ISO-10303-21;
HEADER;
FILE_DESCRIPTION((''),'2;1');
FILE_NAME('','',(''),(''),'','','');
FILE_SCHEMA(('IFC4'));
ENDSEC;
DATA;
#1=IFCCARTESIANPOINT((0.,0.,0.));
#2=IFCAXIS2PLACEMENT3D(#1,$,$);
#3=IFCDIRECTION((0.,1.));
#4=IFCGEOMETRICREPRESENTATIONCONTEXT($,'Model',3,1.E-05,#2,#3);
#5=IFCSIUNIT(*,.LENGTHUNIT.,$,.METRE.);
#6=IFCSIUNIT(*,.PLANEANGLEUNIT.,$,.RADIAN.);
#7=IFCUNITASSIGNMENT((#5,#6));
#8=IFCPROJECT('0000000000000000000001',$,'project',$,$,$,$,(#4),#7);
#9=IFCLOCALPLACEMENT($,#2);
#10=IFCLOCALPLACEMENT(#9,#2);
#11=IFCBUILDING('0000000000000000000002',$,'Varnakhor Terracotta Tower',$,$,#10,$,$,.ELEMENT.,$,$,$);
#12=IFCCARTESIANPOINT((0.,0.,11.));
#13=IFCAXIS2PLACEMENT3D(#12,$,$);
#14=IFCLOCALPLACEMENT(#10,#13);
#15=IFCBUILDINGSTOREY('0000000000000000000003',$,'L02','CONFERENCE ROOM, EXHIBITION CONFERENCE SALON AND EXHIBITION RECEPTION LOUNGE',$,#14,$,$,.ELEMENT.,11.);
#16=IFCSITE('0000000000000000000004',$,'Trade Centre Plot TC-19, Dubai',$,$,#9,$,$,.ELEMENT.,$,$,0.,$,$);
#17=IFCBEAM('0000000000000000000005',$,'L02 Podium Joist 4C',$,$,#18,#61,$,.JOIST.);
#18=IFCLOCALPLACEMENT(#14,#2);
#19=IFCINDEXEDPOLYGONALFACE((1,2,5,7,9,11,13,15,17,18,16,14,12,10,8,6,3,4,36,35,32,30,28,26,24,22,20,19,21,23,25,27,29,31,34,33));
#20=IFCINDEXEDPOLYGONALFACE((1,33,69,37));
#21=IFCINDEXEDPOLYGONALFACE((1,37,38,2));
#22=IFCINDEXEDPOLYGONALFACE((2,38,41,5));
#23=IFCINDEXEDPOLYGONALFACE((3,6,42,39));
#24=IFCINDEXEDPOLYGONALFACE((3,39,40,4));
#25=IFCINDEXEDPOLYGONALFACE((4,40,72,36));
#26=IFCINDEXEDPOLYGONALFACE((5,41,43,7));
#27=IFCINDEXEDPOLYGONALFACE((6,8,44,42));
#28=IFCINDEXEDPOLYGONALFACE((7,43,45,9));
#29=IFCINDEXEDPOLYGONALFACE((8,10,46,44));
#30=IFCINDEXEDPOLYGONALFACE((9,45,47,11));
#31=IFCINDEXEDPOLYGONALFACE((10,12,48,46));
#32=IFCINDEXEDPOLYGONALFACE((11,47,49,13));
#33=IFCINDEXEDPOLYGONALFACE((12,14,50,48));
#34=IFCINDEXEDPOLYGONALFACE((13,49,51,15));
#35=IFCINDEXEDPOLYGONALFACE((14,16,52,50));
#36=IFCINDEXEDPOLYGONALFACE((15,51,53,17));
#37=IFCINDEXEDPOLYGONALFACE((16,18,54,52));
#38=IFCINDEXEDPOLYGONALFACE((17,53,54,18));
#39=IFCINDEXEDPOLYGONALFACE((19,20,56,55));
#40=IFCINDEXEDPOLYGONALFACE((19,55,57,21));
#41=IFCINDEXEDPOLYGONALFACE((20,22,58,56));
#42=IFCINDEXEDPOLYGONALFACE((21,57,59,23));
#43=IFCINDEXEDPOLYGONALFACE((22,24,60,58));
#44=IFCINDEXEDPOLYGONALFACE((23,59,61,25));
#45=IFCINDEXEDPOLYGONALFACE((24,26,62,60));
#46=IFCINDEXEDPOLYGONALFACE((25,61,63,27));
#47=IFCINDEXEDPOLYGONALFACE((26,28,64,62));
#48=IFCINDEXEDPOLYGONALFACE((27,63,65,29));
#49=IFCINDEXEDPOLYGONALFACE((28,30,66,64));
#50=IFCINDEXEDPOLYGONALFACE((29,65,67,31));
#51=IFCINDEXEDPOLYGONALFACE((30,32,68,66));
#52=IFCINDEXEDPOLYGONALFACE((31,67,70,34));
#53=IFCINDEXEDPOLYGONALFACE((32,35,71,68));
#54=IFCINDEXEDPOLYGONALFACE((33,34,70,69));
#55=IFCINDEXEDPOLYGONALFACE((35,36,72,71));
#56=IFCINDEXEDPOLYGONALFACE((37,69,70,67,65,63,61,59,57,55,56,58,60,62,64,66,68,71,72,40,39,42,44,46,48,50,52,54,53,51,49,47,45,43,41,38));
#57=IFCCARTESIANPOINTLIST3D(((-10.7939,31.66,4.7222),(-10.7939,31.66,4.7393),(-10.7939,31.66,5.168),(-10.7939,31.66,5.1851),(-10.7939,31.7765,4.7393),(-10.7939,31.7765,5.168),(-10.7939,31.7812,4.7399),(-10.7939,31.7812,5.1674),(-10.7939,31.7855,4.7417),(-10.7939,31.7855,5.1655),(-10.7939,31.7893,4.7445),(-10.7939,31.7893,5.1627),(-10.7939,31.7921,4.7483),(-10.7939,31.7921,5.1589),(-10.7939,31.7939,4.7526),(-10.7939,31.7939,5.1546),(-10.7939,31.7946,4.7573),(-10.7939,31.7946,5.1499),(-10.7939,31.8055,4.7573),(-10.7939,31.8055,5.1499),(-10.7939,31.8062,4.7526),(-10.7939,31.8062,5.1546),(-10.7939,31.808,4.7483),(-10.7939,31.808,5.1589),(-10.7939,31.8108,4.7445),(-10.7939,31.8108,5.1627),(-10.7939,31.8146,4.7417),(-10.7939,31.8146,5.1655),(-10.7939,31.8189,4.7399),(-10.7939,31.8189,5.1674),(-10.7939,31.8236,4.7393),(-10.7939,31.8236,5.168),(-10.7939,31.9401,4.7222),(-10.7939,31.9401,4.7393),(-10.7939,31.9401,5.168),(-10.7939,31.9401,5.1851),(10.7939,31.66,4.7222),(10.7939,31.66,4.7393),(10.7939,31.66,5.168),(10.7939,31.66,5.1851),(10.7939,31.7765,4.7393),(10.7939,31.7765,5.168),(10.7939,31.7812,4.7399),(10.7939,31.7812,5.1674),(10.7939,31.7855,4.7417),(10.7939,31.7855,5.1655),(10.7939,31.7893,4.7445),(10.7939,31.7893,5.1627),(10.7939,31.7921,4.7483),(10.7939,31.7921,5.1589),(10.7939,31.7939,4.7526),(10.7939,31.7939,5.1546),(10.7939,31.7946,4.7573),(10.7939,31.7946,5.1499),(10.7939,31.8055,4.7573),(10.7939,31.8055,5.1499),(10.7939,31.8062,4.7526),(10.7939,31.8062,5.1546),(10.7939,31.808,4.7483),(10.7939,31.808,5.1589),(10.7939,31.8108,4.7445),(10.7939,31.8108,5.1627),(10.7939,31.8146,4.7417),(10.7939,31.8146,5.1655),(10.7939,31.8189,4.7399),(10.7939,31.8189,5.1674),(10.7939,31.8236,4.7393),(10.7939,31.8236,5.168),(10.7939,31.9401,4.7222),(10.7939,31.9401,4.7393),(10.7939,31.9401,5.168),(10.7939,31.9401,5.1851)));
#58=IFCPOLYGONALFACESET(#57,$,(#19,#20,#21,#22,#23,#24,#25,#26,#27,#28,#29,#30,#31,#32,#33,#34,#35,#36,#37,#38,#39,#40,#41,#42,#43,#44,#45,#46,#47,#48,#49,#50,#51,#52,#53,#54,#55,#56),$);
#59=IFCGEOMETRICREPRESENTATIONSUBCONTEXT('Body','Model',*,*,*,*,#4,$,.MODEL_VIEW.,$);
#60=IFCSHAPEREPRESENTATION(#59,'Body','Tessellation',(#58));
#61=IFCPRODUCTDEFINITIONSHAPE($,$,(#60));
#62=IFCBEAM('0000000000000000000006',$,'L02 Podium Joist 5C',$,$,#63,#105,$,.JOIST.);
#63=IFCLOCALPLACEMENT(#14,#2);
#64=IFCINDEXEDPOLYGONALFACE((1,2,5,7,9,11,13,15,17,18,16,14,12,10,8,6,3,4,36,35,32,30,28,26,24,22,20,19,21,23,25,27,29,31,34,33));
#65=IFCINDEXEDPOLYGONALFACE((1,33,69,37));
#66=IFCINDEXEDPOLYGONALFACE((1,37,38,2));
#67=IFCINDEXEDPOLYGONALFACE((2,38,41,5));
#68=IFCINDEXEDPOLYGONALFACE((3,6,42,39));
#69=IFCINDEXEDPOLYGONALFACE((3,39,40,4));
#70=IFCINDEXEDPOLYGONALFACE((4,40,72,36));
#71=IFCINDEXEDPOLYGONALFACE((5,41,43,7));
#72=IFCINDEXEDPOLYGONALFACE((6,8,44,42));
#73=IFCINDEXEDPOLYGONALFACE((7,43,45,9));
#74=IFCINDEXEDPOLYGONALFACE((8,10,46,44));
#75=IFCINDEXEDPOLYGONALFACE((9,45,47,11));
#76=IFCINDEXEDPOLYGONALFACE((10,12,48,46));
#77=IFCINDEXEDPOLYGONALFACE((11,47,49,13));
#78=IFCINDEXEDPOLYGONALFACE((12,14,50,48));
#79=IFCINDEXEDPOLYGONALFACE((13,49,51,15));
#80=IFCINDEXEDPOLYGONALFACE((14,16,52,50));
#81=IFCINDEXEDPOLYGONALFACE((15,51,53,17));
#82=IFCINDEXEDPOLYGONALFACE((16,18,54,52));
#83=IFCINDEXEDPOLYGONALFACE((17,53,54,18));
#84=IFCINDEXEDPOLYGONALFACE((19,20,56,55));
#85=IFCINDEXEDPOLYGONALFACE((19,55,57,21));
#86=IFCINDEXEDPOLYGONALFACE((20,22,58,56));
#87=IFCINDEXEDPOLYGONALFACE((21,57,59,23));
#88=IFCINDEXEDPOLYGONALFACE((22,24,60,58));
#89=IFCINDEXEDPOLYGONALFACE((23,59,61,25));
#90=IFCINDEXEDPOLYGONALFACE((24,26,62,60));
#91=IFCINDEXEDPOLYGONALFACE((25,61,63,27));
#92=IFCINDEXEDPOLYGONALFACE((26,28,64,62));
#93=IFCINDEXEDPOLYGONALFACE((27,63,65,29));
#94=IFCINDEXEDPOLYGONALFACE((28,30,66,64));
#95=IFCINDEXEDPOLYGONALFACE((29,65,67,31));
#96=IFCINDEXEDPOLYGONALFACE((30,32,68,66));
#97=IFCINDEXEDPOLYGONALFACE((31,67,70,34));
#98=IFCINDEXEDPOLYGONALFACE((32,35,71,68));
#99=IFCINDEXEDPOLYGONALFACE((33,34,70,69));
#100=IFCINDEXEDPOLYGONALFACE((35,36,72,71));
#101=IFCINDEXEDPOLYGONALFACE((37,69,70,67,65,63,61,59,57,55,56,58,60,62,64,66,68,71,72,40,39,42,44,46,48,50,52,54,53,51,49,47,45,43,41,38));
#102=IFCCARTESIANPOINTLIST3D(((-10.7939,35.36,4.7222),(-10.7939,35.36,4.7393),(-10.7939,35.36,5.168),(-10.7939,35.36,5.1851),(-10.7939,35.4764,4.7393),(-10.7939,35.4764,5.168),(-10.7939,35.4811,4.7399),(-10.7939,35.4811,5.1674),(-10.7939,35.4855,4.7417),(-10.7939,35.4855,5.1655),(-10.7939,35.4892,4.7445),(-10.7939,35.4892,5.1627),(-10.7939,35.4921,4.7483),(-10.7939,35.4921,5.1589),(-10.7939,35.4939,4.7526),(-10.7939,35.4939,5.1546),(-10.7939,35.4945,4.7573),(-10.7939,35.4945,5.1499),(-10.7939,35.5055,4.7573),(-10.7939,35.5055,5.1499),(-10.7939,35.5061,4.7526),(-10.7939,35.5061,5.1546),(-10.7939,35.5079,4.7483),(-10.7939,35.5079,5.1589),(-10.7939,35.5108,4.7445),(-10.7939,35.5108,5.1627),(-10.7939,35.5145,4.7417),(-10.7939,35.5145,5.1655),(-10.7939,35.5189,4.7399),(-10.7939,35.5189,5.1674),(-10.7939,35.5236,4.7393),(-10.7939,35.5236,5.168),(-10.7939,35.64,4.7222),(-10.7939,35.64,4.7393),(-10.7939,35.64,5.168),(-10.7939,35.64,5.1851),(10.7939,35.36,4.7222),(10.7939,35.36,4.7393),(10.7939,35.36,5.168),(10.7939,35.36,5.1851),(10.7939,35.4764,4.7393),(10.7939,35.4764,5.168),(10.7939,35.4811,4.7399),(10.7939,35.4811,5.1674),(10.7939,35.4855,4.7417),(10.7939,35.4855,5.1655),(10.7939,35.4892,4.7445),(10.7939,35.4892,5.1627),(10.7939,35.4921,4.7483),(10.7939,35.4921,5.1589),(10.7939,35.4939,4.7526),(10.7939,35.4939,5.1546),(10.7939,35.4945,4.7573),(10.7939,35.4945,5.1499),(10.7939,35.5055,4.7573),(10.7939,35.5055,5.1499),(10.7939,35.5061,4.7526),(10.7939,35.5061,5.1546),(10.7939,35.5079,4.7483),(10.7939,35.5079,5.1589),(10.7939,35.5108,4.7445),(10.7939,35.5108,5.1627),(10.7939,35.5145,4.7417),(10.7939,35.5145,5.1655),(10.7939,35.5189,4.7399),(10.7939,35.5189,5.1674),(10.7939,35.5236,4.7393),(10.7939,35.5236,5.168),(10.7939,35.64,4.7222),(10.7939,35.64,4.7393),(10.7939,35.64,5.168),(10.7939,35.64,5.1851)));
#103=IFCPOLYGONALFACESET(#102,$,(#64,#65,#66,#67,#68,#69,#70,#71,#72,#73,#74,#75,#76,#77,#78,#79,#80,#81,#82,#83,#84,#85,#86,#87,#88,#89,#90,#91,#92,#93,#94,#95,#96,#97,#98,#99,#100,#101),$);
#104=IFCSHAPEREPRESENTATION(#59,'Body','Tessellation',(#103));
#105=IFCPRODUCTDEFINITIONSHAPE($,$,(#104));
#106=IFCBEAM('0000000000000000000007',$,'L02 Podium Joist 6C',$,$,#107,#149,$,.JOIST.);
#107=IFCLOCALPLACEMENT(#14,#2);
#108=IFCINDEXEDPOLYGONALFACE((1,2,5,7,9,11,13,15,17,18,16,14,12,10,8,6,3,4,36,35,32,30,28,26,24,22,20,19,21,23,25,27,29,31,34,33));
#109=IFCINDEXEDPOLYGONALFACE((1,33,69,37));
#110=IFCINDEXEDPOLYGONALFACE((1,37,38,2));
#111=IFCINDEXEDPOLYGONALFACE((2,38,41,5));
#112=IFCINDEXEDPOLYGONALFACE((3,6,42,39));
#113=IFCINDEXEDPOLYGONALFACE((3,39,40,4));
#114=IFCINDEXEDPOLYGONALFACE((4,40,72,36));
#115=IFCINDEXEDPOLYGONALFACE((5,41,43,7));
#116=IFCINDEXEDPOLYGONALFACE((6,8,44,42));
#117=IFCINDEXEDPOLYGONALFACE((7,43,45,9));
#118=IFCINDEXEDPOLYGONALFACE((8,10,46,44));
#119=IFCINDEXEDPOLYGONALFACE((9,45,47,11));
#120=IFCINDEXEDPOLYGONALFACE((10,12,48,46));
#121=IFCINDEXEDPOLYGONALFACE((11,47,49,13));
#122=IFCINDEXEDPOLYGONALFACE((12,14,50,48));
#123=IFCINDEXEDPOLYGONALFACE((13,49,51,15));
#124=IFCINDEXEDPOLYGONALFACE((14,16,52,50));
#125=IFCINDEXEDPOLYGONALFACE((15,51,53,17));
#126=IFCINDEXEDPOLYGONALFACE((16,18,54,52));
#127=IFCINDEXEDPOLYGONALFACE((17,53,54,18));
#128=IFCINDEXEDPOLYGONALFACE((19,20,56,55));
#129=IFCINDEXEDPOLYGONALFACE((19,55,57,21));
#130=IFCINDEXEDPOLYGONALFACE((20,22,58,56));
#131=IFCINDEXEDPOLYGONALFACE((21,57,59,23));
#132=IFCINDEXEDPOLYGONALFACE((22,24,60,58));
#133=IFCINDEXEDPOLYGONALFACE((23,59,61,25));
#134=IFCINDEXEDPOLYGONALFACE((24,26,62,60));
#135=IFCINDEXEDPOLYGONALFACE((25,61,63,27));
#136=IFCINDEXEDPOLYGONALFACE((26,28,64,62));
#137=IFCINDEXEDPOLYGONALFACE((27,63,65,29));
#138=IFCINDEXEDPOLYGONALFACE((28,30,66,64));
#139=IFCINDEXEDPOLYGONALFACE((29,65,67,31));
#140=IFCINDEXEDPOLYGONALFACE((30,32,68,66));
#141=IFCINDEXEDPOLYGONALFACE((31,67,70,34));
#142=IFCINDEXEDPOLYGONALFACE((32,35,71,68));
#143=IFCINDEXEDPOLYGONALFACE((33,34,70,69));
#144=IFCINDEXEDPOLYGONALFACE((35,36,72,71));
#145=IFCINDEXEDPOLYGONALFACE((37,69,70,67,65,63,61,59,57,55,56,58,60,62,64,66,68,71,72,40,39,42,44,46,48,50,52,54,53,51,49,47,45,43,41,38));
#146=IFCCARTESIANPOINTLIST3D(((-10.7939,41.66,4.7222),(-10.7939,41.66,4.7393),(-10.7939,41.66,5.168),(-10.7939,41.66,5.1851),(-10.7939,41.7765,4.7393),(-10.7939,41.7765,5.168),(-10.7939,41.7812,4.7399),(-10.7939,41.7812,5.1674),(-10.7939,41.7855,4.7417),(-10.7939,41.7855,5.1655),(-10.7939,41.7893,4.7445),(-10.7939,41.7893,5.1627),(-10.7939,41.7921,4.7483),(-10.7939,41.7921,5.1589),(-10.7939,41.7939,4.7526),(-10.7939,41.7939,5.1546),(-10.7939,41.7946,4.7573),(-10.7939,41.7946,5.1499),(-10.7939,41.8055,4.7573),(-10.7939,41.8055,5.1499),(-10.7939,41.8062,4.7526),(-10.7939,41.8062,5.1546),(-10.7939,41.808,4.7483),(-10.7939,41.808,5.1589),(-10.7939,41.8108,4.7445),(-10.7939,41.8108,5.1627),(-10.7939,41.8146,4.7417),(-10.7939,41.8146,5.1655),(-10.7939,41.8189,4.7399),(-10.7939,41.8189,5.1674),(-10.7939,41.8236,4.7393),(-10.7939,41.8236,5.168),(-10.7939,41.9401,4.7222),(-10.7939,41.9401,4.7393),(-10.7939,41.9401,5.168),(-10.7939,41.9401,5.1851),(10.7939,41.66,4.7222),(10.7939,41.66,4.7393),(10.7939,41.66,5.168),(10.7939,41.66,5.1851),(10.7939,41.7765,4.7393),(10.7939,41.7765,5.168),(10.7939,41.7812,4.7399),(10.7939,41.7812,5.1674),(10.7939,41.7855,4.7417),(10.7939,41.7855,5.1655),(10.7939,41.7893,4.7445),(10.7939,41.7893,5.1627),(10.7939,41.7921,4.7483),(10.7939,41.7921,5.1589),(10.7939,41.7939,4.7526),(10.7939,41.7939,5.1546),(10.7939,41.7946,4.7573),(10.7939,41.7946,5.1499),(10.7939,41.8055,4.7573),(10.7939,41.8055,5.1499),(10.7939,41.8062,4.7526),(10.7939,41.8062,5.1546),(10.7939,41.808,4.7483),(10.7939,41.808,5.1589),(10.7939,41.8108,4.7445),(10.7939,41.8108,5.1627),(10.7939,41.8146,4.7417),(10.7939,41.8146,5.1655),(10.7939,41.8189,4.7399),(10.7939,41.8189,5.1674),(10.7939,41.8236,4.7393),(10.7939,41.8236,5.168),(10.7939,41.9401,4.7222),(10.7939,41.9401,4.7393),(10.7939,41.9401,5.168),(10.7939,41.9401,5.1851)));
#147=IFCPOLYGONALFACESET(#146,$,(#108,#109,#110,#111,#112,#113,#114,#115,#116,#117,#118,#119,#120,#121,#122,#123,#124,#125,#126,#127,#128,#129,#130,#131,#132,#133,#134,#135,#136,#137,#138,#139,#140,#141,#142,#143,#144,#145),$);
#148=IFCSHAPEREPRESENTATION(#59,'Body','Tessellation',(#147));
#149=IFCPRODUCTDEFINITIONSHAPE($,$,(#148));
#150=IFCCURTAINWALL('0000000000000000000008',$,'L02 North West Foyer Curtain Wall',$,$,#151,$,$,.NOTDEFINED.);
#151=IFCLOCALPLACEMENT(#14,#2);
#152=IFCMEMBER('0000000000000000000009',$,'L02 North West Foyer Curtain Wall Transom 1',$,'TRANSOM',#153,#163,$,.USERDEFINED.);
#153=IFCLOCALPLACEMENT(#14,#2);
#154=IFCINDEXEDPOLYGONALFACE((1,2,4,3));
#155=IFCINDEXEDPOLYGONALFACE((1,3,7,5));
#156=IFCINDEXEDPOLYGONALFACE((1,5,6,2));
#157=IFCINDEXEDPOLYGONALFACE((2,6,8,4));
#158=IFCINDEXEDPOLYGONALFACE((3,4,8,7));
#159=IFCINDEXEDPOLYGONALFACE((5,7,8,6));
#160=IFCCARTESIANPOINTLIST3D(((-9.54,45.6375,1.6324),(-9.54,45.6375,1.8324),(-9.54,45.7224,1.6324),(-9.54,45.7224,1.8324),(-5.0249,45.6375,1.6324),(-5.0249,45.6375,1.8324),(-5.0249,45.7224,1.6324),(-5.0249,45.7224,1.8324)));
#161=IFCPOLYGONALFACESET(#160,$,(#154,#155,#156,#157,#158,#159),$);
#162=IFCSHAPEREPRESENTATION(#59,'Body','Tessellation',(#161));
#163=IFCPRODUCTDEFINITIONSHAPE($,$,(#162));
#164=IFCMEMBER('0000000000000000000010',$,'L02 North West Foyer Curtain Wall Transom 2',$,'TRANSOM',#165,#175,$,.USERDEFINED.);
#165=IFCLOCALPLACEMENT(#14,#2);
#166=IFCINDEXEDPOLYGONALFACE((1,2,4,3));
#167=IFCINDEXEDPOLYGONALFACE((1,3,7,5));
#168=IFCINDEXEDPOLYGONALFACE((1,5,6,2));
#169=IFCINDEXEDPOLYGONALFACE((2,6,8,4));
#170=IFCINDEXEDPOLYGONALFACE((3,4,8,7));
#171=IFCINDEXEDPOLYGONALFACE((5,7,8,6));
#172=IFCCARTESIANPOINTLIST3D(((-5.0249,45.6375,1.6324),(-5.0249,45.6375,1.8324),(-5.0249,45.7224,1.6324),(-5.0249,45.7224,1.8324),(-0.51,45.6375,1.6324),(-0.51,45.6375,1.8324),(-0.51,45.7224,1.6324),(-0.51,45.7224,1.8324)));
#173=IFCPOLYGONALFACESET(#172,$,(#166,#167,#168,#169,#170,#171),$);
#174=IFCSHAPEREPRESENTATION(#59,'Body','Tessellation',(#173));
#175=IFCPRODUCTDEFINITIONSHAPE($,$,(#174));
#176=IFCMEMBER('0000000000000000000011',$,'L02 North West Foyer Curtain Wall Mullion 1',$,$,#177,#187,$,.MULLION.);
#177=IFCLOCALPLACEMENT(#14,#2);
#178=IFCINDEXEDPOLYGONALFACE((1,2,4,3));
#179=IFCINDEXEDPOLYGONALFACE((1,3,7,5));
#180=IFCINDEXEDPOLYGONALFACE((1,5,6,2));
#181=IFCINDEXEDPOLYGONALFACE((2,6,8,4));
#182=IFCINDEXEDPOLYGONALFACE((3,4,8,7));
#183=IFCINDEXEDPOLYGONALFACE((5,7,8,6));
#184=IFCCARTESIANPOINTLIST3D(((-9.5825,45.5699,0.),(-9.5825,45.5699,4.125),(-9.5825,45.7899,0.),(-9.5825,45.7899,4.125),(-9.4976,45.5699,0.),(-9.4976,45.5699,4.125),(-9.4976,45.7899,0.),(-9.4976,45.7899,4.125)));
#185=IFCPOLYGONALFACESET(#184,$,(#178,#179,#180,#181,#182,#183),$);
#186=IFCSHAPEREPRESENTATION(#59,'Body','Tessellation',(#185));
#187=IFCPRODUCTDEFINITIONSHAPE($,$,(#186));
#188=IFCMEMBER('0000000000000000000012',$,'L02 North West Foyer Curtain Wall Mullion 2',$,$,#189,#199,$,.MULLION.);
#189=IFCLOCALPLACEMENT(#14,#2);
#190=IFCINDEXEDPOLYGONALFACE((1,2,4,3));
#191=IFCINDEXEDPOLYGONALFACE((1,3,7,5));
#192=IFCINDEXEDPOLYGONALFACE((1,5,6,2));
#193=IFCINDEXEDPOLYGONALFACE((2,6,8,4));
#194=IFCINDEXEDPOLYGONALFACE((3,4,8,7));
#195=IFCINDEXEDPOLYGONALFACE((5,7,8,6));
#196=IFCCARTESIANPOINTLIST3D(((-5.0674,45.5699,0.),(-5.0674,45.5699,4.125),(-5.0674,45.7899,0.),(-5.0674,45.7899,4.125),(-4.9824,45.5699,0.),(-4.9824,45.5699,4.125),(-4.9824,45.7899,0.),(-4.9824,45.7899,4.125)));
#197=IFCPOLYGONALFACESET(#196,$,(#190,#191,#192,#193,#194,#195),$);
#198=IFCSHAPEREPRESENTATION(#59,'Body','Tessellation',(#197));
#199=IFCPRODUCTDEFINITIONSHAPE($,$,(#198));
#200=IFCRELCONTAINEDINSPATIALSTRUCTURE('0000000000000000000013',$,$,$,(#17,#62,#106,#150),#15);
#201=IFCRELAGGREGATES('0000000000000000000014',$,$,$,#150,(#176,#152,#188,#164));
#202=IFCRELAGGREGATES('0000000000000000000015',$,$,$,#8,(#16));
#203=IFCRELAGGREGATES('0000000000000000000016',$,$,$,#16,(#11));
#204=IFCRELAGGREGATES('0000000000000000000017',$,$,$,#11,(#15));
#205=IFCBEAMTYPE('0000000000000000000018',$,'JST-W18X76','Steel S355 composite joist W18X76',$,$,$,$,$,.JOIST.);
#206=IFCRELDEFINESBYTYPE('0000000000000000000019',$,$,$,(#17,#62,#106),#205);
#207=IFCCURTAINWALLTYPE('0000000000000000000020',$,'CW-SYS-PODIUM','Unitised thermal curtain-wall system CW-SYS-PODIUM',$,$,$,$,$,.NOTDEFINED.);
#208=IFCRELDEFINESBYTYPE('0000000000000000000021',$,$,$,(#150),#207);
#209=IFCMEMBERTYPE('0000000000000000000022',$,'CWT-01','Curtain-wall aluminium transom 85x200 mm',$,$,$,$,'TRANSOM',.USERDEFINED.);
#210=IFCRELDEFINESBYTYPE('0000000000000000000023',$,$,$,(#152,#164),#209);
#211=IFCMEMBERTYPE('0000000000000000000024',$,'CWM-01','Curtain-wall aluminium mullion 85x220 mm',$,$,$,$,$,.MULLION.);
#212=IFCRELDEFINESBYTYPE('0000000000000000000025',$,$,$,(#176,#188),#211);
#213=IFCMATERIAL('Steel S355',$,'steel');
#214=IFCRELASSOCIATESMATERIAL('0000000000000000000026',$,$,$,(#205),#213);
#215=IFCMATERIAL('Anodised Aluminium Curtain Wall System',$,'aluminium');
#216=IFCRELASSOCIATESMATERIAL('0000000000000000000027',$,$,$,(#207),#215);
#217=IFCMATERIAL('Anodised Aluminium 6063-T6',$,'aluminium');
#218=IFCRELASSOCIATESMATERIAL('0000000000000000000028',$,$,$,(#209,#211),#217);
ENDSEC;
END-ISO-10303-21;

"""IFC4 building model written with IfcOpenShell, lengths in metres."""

from ifc_helpers import new_model, si_unit, direction, frame, origin, origin_2d, place, context, subcontext, project, spatial, rectangle, i_section, extrude, source, transform, mapped, material, material_profile, profile_set, type_object, type_shapes, element, aggregate, save


model = new_model("IFC4")

# Units and contexts
model_context = context("Model", 3, precision=1e-05, world=origin(), true_north=direction((0.0, 1.0)))
body_context = subcontext(model_context, "Body", "Model", "MODEL_VIEW")
ifc_project = project(units=[si_unit("LENGTHUNIT", "METRE"), si_unit("PLANEANGLEUNIT", "RADIAN")], contexts=[model_context])

# Site, building, storey
site_placement = place(None, origin())
site = spatial("IfcSite", under=ifc_project, at=site_placement, Name="Trade Centre Plot TC-19, Dubai", CompositionType="ELEMENT", RefElevation=0.0)
building_placement = place(site_placement, origin())
building = spatial("IfcBuilding", under=site, at=building_placement, Name="Varnakhor Terracotta Tower", CompositionType="ELEMENT")
storey_placement = place(building_placement, frame((0.0, 0.0, 11.0)))
storey = spatial("IfcBuildingStorey", under=building, at=storey_placement, Name="L02", Description="CONFERENCE ROOM, EXHIBITION CONFERENCE SALON AND EXHIBITION RECEPTION LOUNGE", CompositionType="ELEMENT", Elevation=11.0)

# Beams
ifc_material_1 = material(Name="Steel S355", Category="steel")
ifc_material_profile_1 = material_profile(ifc_material_1, i_section(OverallWidth=0.28, OverallDepth=0.4629, WebThickness=0.011, FlangeThickness=0.0171, FilletRadius=0.0181, at=origin_2d()), Name="W18X76")
ifc_profile_set_1 = profile_set([ifc_material_profile_1], Name="Steel S355")
beam_type_1 = type_object("IfcBeamType", Name="JST-W18X76", Description="Steel S355 composite joist W18X76", PredefinedType="JOIST", material=ifc_profile_set_1)
shared_shape_1 = source(origin(), body_context, "Body", "SweptSolid", [
    extrude(i_section(OverallWidth=0.28, OverallDepth=0.4629, WebThickness=0.011, FlangeThickness=0.0171, FilletRadius=0.0181, at=origin_2d()), origin(), (0.0, 0.0, 1.0), 21.5879),
])
for number, where, z_axis, x_axis, name in (
    (1, (-10.7939, 31.8, 4.9536), (1.0, 0.0, 0.0), (0.0, 1.0, 0.0), "L02 Podium Joist 4C"),
    (2, (-10.7939, 35.5, 4.9536), (1.0, 0.0, 0.0), (0.0, 1.0, 0.0), "L02 Podium Joist 5C"),
    (3, (-10.7939, 41.8, 4.9536), (1.0, 0.0, 0.0), (0.0, 1.0, 0.0), "L02 Podium Joist 6C"),
):
    element("IfcBeam", number, at=place(storey_placement, frame(where, z_axis=z_axis, x_axis=x_axis)), inside=storey, type_object=beam_type_1, Name=name, PredefinedType="JOIST", context=body_context, shape_type="MappedRepresentation", body=[
        mapped(shared_shape_1, transform((0.0, 0.0, 0.0), scale=1.0)),
    ])

# Curtain wall, members
ifc_material_2 = material(Name="Anodised Aluminium Curtain Wall System", Category="aluminium")
curtain_wall_type = type_object("IfcCurtainWallType", Name="CW-SYS-PODIUM", Description="Unitised thermal curtain-wall system CW-SYS-PODIUM", PredefinedType="NOTDEFINED", material=ifc_material_2)
curtain_wall_placement = place(storey_placement, origin())
curtain_wall = element("IfcCurtainWall", 4, at=curtain_wall_placement, inside=storey, type_object=curtain_wall_type, Name="L02 North West Foyer Curtain Wall", PredefinedType="NOTDEFINED")
ifc_material_3 = material(Name="Anodised Aluminium 6063-T6", Category="aluminium")
ifc_material_profile_2 = material_profile(ifc_material_3, rectangle(XDim=0.085, YDim=0.2, at=origin_2d()), Name="ALU TRANSOM 85x200")
ifc_profile_set_2 = profile_set([ifc_material_profile_2], Name="Anodised Aluminium 6063-T6")
member_type_1 = type_object("IfcMemberType", Name="CWT-01", Description="Curtain-wall aluminium transom 85x200 mm", ElementType="TRANSOM", PredefinedType="USERDEFINED", material=ifc_profile_set_2)
shared_shape_2 = source(origin(), body_context, "Body", "SweptSolid", [
    extrude(rectangle(XDim=0.085, YDim=0.2, at=origin_2d()), origin(), (0.0, 0.0, 1.0), 4.5151),
])
type_shapes(member_type_1, [shared_shape_2])
member_1_placement = place(storey_placement, frame((-9.54, 45.6799, 1.7324), z_axis=(1.0, 0.0, 0.0), x_axis=(0.0, 1.0, 0.0)))
member_1 = element("IfcMember", 5, at=member_1_placement, type_object=member_type_1, Name="L02 North West Foyer Curtain Wall Transom 1", ObjectType="TRANSOM", PredefinedType="USERDEFINED", context=body_context, shape_type="MappedRepresentation", body=[
    mapped(shared_shape_2, transform((0.0, 0.0, 0.0), scale=1.0)),
])
shared_shape_3 = source(origin(), body_context, "Body", "SweptSolid", [
    extrude(rectangle(XDim=0.085, YDim=0.2, at=origin_2d()), origin(), (0.0, 0.0, 1.0), 4.5149),
])
member_2_placement = place(storey_placement, frame((-5.0249, 45.6799, 1.7324), z_axis=(1.0, 0.0, 0.0), x_axis=(0.0, 1.0, 0.0)))
member_2 = element("IfcMember", 6, at=member_2_placement, type_object=member_type_1, Name="L02 North West Foyer Curtain Wall Transom 2", ObjectType="TRANSOM", PredefinedType="USERDEFINED", context=body_context, shape_type="MappedRepresentation", body=[
    mapped(shared_shape_3, transform((0.0, 0.0, 0.0), scale=1.0)),
])
ifc_material_profile_3 = material_profile(ifc_material_3, rectangle(XDim=0.085, YDim=0.22, at=origin_2d()), Name="ALU MULLION 85x220")
ifc_profile_set_3 = profile_set([ifc_material_profile_3], Name="Anodised Aluminium 6063-T6")
member_type_2 = type_object("IfcMemberType", Name="CWM-01", Description="Curtain-wall aluminium mullion 85x220 mm", PredefinedType="MULLION", material=ifc_profile_set_3)
shared_shape_4 = source(origin(), body_context, "Body", "SweptSolid", [
    extrude(rectangle(XDim=0.085, YDim=0.22, at=origin_2d()), origin(), (0.0, 0.0, 1.0), 4.125),
])
member_3_placement = place(storey_placement, frame((-9.54, 45.6799, 0.0), z_axis=(0.0, 0.0, 1.0), x_axis=(1.0, 0.0, 0.0)))
member_3 = element("IfcMember", 7, at=member_3_placement, type_object=member_type_2, Name="L02 North West Foyer Curtain Wall Mullion 1", PredefinedType="MULLION", context=body_context, shape_type="MappedRepresentation", body=[
    mapped(shared_shape_4, transform((0.0, 0.0, 0.0), scale=1.0)),
])
member_4_placement = place(storey_placement, frame((-5.0249, 45.6799, 0.0), z_axis=(0.0, 0.0, 1.0), x_axis=(1.0, 0.0, 0.0)))
member_4 = element("IfcMember", 8, at=member_4_placement, type_object=member_type_2, Name="L02 North West Foyer Curtain Wall Mullion 2", PredefinedType="MULLION", context=body_context, shape_type="MappedRepresentation", body=[
    mapped(shared_shape_4, transform((0.0, 0.0, 0.0), scale=1.0)),
])
aggregate(curtain_wall, [member_3, member_1, member_4, member_2])

save(model, "model.ifc")
